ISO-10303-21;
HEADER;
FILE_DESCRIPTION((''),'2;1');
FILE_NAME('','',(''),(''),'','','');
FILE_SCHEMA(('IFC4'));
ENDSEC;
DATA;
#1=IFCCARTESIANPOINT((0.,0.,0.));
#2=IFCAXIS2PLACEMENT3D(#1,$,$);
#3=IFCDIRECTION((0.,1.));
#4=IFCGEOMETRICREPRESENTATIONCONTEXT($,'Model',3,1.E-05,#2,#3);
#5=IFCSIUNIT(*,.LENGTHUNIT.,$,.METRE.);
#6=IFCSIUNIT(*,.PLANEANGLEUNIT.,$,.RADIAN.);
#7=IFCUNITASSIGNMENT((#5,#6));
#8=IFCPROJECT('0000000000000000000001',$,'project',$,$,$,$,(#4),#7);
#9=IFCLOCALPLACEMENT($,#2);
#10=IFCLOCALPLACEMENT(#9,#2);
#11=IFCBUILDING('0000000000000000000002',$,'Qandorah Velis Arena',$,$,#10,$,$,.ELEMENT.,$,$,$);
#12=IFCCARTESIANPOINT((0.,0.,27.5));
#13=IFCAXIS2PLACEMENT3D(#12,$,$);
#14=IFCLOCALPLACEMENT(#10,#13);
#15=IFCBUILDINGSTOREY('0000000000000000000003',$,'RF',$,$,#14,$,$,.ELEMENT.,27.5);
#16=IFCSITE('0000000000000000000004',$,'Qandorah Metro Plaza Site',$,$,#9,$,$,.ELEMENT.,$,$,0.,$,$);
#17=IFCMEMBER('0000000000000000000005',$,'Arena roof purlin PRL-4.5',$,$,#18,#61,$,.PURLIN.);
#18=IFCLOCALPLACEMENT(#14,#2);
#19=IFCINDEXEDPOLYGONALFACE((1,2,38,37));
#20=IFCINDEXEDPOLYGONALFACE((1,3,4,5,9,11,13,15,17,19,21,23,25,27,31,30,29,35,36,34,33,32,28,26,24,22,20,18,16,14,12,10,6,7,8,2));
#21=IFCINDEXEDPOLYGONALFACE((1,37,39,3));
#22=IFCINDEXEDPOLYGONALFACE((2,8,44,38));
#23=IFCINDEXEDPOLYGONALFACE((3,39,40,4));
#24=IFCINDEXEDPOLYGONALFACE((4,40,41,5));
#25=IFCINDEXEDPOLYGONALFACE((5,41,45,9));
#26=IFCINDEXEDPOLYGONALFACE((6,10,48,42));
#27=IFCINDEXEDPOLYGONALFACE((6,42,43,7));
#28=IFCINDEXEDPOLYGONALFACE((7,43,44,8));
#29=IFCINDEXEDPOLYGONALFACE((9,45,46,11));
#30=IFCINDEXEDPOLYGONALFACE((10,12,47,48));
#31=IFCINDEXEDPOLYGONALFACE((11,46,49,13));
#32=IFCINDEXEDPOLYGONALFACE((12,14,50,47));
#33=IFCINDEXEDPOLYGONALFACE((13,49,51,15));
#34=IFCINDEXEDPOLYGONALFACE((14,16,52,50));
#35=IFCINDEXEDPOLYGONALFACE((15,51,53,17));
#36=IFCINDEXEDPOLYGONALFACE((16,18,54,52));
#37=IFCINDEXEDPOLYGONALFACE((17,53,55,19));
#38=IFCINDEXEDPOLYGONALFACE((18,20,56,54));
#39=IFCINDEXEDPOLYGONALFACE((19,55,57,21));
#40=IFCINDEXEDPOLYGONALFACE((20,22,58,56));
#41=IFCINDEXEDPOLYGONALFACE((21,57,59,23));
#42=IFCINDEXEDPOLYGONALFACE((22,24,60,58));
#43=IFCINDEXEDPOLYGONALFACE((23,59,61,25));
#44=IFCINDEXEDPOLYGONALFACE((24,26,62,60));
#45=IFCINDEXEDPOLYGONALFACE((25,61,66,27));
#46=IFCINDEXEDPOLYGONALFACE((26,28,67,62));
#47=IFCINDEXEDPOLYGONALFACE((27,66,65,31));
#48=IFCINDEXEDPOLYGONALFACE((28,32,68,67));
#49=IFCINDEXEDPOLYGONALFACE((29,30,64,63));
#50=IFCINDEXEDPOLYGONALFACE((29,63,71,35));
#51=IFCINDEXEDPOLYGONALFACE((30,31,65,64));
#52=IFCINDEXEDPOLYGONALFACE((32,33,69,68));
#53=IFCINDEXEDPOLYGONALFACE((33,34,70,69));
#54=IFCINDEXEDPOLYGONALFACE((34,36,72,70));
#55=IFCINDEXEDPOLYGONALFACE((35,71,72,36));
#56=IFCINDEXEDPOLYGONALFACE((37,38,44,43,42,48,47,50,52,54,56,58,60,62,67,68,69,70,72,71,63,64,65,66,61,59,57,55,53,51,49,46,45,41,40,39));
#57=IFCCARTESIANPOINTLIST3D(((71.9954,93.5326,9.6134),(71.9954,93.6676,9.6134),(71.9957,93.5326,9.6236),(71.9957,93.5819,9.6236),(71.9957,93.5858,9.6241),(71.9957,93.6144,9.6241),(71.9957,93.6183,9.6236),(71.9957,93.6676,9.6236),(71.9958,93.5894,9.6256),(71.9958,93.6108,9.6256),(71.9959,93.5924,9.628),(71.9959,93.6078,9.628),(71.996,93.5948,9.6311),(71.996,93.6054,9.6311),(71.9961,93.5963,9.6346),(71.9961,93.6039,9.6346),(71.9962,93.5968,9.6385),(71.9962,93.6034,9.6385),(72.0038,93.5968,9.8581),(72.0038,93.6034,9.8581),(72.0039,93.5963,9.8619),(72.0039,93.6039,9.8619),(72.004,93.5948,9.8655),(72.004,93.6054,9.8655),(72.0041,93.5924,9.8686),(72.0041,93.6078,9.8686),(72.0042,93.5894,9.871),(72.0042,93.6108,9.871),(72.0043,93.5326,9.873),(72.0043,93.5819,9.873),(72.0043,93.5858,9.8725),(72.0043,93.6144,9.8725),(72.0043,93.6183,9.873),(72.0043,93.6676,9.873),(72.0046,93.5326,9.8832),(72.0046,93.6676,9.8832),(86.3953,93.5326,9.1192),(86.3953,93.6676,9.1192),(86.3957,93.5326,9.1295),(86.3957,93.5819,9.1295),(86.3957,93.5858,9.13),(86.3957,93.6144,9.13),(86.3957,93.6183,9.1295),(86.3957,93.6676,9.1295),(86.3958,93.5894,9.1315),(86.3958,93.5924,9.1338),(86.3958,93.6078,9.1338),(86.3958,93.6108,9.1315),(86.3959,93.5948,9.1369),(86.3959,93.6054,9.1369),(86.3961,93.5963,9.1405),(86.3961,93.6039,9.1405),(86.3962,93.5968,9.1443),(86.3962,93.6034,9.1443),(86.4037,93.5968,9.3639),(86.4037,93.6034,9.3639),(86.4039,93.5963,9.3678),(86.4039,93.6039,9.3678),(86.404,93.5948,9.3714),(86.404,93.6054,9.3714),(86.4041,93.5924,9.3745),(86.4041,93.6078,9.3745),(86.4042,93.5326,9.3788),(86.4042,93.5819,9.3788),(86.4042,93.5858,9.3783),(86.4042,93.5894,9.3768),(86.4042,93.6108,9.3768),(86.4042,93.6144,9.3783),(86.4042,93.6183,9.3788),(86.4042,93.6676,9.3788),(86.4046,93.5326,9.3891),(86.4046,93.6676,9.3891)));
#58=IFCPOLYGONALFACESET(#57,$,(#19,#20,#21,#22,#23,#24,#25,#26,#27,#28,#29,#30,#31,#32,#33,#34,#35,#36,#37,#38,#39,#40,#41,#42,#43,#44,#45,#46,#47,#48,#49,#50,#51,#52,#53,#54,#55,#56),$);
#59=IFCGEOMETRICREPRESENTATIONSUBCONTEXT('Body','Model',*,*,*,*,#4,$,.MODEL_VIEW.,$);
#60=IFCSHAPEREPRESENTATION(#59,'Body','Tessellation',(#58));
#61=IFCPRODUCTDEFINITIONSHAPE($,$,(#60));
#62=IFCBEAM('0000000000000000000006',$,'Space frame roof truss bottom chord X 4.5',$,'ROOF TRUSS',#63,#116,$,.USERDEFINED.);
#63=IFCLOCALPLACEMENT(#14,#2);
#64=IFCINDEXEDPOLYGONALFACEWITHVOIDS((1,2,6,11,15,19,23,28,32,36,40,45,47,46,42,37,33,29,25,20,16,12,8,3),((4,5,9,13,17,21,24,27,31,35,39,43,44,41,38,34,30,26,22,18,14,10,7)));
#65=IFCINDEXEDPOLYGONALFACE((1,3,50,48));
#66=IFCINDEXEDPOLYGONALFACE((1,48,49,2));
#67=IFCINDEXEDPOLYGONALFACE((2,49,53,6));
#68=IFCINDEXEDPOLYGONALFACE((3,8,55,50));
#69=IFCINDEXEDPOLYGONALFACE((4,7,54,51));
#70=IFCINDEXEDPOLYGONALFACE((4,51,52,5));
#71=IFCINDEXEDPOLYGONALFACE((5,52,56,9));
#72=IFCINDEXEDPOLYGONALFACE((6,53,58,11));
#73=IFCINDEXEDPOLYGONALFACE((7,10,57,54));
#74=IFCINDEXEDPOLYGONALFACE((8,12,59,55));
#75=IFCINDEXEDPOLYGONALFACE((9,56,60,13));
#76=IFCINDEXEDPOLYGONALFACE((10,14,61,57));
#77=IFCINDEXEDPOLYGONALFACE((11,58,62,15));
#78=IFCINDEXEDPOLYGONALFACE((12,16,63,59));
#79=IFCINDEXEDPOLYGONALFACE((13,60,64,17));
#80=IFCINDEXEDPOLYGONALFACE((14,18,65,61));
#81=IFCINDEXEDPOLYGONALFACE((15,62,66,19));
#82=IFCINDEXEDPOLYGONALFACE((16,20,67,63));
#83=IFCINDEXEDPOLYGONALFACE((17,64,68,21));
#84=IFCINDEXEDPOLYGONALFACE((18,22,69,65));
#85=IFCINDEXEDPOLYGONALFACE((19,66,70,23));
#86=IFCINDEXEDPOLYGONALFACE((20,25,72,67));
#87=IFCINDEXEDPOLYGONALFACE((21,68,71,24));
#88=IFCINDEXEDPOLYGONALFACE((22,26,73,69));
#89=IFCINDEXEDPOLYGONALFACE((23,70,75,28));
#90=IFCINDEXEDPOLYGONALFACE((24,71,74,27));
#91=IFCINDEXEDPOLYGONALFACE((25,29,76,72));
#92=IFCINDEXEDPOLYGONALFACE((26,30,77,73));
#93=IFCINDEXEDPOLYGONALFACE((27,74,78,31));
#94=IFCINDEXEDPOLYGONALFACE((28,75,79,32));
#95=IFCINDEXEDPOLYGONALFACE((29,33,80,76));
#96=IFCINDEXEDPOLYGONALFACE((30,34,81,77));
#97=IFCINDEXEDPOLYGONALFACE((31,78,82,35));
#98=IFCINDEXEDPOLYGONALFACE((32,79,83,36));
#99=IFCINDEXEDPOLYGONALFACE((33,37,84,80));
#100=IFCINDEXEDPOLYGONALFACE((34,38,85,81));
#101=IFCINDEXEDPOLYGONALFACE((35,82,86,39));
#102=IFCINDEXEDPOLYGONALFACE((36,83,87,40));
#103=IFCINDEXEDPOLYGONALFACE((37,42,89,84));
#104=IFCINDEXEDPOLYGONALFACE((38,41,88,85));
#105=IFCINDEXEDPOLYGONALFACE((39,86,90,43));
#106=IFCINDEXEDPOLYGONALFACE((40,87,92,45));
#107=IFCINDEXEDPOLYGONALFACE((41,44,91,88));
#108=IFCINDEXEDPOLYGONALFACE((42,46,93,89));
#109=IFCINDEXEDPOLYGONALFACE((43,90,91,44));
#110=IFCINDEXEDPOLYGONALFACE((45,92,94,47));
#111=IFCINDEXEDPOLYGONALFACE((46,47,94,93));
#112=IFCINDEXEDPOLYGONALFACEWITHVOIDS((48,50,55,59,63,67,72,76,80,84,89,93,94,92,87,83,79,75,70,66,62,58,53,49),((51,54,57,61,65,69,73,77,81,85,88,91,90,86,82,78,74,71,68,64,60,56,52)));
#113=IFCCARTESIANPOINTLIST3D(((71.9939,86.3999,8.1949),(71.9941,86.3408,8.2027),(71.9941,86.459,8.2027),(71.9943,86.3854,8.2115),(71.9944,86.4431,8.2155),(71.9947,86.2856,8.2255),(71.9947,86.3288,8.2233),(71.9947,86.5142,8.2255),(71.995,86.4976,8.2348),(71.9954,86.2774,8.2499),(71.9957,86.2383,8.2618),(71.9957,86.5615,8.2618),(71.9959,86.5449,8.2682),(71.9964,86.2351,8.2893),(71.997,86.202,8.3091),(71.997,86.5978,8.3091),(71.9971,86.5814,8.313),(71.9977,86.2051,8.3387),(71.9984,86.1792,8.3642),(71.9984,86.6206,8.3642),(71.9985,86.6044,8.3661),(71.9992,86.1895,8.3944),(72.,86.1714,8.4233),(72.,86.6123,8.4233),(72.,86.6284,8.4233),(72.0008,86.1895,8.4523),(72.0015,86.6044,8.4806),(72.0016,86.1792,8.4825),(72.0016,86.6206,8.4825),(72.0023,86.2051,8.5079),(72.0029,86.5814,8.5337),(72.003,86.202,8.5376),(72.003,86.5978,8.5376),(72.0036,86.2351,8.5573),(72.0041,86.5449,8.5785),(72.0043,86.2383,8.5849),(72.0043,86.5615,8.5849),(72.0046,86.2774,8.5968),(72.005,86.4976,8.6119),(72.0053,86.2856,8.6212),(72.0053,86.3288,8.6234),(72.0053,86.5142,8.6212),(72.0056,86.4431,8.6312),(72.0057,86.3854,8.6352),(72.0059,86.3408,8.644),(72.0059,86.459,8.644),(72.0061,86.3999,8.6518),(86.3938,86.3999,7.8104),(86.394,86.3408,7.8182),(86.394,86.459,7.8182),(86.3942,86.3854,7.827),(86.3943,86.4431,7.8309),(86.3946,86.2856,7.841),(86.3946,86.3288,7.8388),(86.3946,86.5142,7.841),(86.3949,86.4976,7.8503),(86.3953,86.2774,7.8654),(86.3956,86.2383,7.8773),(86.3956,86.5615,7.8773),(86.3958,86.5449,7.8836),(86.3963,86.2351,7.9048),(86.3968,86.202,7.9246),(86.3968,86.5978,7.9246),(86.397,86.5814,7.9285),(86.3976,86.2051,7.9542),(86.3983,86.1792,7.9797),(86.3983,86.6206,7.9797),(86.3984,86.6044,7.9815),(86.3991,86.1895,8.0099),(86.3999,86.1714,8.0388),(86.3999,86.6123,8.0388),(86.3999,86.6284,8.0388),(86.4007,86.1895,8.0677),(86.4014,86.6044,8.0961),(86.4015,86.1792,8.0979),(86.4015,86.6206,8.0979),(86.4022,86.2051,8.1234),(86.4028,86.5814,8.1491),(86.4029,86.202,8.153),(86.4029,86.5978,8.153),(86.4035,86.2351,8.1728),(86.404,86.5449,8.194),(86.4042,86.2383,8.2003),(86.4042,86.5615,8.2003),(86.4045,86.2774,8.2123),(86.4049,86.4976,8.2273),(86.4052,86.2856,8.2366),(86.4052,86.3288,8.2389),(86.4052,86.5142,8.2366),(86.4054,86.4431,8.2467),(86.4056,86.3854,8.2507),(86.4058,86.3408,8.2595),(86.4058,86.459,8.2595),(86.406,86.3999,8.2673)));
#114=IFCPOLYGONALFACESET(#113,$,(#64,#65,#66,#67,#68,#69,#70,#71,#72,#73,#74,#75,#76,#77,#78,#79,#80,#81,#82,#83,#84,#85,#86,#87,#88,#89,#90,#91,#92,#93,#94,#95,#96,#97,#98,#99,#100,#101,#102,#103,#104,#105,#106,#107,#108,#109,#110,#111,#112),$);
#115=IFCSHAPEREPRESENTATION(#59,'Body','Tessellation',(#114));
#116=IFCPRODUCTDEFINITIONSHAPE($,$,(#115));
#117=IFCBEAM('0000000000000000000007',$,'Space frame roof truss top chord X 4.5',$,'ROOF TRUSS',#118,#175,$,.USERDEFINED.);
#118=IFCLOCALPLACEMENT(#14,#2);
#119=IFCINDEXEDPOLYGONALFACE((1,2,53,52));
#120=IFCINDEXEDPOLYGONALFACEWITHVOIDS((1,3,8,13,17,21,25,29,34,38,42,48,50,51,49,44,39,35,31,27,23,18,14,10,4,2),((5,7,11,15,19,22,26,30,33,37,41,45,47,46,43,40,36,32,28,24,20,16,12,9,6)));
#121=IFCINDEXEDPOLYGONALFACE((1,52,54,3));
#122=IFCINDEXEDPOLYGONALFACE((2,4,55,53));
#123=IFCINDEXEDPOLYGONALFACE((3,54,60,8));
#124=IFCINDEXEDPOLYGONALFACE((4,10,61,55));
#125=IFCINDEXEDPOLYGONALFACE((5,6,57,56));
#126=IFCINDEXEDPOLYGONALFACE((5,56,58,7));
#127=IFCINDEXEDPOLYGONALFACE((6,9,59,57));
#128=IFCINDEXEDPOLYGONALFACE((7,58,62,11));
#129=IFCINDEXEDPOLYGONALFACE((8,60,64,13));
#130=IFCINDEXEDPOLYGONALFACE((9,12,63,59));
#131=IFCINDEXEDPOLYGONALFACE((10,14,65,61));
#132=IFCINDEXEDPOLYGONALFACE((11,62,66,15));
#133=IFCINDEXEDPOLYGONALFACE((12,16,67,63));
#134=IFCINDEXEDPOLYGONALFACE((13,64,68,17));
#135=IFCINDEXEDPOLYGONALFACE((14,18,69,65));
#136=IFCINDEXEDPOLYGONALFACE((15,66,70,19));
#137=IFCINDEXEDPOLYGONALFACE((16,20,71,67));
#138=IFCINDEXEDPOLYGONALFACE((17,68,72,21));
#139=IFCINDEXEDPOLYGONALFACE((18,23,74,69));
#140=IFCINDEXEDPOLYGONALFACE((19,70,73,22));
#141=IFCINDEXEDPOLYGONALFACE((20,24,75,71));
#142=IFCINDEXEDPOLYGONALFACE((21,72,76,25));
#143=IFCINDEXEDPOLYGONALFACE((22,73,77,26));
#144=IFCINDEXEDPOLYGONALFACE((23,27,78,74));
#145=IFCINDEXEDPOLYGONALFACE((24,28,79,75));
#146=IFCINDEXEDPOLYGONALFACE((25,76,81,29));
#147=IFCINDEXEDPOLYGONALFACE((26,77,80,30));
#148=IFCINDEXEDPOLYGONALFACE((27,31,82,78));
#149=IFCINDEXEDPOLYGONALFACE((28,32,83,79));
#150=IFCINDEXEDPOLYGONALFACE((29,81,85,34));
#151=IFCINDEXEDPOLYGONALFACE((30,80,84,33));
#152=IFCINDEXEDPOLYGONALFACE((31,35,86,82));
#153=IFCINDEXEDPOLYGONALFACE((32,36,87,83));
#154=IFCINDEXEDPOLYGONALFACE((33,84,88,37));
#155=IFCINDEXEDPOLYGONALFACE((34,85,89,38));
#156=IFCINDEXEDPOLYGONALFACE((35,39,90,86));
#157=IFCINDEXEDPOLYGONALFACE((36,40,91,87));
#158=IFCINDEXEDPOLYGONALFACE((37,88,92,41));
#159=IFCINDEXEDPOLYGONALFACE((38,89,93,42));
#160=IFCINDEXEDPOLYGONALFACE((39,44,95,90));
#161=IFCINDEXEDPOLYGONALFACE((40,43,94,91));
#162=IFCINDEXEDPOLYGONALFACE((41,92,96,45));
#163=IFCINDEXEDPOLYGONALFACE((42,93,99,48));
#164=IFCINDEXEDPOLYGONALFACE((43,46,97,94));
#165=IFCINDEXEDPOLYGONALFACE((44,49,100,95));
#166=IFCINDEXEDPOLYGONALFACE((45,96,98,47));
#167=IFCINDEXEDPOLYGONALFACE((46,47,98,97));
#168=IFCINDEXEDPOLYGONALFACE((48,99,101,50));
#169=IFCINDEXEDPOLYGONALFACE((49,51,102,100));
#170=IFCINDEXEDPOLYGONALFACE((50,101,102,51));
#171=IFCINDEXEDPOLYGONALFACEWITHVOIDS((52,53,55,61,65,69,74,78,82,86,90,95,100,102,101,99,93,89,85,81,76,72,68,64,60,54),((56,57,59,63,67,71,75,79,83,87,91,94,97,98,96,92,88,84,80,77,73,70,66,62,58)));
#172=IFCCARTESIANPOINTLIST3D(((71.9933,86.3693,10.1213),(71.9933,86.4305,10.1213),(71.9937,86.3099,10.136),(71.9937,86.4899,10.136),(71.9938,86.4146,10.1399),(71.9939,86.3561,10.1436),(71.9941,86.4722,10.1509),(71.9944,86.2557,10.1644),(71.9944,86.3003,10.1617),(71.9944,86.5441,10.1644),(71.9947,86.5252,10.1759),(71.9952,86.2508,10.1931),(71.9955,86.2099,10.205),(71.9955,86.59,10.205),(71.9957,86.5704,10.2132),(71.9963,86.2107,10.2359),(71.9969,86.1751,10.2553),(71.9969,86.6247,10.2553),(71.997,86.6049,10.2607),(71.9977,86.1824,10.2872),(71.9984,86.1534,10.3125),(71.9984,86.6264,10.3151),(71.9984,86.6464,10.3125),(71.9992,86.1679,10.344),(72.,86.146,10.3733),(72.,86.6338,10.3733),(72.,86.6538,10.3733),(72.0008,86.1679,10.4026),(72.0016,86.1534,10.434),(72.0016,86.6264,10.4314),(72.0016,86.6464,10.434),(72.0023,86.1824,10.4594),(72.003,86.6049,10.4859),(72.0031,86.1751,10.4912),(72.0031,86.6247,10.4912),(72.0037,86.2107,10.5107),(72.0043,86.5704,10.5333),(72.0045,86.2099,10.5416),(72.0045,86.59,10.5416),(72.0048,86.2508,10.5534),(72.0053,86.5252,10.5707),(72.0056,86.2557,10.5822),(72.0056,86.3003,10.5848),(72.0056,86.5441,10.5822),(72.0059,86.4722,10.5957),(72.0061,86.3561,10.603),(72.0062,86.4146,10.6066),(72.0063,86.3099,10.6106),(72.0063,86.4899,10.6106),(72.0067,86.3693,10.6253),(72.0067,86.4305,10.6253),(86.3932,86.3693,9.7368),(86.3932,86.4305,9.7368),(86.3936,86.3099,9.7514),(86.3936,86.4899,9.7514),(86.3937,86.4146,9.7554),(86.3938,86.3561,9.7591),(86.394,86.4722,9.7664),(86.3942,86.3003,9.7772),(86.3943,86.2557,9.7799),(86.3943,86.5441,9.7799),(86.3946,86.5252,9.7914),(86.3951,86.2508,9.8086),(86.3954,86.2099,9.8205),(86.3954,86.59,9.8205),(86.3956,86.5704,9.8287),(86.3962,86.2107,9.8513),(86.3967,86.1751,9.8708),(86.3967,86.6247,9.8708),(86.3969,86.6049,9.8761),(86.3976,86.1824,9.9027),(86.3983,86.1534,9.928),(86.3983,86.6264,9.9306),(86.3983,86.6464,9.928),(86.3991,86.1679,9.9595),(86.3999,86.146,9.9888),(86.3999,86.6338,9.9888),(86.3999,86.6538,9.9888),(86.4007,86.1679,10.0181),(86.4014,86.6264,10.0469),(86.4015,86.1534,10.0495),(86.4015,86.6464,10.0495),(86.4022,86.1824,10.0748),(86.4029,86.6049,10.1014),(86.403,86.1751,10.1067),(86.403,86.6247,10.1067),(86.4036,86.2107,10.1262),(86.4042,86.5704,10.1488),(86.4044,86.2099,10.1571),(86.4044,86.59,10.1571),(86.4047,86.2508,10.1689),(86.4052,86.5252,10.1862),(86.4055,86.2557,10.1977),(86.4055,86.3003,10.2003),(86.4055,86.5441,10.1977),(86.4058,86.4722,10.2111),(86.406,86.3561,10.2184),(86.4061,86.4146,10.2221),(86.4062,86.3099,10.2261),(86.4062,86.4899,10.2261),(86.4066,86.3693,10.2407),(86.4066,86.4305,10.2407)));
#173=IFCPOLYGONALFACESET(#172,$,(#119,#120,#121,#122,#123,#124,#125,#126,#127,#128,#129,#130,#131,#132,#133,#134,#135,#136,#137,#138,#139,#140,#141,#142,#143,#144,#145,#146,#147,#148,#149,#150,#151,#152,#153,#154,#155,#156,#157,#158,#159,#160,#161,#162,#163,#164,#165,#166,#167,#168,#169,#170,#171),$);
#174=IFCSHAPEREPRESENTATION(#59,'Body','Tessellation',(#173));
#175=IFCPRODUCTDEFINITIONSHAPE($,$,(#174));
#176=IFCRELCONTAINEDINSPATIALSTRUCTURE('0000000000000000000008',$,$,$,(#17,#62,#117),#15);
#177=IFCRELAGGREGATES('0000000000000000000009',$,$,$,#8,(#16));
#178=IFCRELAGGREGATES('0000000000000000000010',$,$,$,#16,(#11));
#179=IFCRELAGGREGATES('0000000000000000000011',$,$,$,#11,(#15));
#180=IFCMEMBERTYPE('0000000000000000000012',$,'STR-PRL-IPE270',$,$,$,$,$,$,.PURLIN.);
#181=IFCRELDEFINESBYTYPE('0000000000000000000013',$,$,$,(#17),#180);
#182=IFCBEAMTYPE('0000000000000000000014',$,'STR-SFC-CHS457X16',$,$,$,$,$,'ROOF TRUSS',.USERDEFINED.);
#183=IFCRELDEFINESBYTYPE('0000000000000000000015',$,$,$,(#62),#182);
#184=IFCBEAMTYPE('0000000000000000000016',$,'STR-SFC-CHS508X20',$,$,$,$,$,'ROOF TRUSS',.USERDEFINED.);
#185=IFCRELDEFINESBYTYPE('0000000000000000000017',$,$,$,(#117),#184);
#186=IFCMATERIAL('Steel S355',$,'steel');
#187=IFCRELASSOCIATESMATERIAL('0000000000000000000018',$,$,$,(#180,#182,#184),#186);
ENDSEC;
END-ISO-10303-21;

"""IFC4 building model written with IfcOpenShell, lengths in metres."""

from ifc_helpers import new_model, si_unit, direction, frame, origin, origin_2d, place, context, subcontext, project, spatial, hollow_circle, i_section, extrude, material, material_profile, profile_set, type_object, element, save


model = new_model("IFC4")

# Units and contexts
model_context = context("Model", 3, precision=1e-05, world=origin(), true_north=direction((0.0, 1.0)))
body_context = subcontext(model_context, "Body", "Model", "MODEL_VIEW")
ifc_project = project(units=[si_unit("LENGTHUNIT", "METRE"), si_unit("PLANEANGLEUNIT", "RADIAN")], contexts=[model_context])

# Site, building, storey
site_placement = place(None, origin())
site = spatial("IfcSite", under=ifc_project, at=site_placement, Name="Qandorah Metro Plaza Site", CompositionType="ELEMENT", RefElevation=0.0)
building_placement = place(site_placement, origin())
building = spatial("IfcBuilding", under=site, at=building_placement, Name="Qandorah Velis Arena", CompositionType="ELEMENT")
storey_placement = place(building_placement, frame((0.0, 0.0, 27.5)))
storey = spatial("IfcBuildingStorey", under=building, at=storey_placement, Name="RF", CompositionType="ELEMENT", Elevation=27.5)

# Member
ifc_material_1 = material(Name="Steel S355", Category="steel")
ifc_material_profile_1 = material_profile(ifc_material_1, i_section(OverallWidth=0.135, OverallDepth=0.27, WebThickness=0.0066, FlangeThickness=0.0103, FilletRadius=0.0149, at=origin_2d()), Name="IPE 270")
ifc_profile_set_1 = profile_set([ifc_material_profile_1], Name="Steel S355")
member_type_1 = type_object("IfcMemberType", Name="STR-PRL-IPE270", PredefinedType="PURLIN", material=ifc_profile_set_1)
member_1_placement = place(storey_placement, frame((72.0, 93.6001, 9.7483), z_axis=(0.999412, 0.0, -0.034295), x_axis=(0.0, 1.0, 0.0)))
element("IfcMember", 1, at=member_1_placement, inside=storey, type_object=member_type_1, Name="Arena roof purlin PRL-4.5", PredefinedType="PURLIN", context=body_context, shape_type="SweptSolid", body=[
    extrude(i_section(OverallWidth=0.135, OverallDepth=0.27, WebThickness=0.0066, FlangeThickness=0.0103, FilletRadius=0.0149, at=origin_2d()), origin(), (0.0, 0.0, 1.0), 14.4084),
])

# Beams
ifc_material_profile_2 = material_profile(ifc_material_1, hollow_circle(Radius=0.2285, WallThickness=0.0161, at=origin_2d()), Name="CHS 457x16")
ifc_profile_set_2 = profile_set([ifc_material_profile_2], Name="Steel S355")
beam_type_1 = type_object("IfcBeamType", Name="STR-SFC-CHS457X16", ElementType="ROOF TRUSS", PredefinedType="USERDEFINED", material=ifc_profile_set_2)
beam_1_placement = place(storey_placement, frame((72.0, 86.3999, 8.4233), z_axis=(0.999644, 0.0, -0.026694), x_axis=(0.0, 1.0, 0.0)))
element("IfcBeam", 2, at=beam_1_placement, inside=storey, type_object=beam_type_1, Name="Space frame roof truss bottom chord X 4.5", ObjectType="ROOF TRUSS", PredefinedType="USERDEFINED", context=body_context, shape_type="SweptSolid", body=[
    extrude(hollow_circle(Radius=0.2285, WallThickness=0.0161, at=origin_2d()), origin(), (0.0, 0.0, 1.0), 14.405),
])
ifc_material_profile_3 = material_profile(ifc_material_1, hollow_circle(Radius=0.2539, WallThickness=0.02, at=origin_2d()), Name="CHS 508x20")
ifc_profile_set_3 = profile_set([ifc_material_profile_3], Name="Steel S355")
beam_type_2 = type_object("IfcBeamType", Name="STR-SFC-CHS508X20", ElementType="ROOF TRUSS", PredefinedType="USERDEFINED", material=ifc_profile_set_3)
beam_2_placement = place(storey_placement, frame((72.0, 86.3999, 10.3733), z_axis=(0.999644, 0.0, -0.026694), x_axis=(0.0, 1.0, 0.0)))
element("IfcBeam", 3, at=beam_2_placement, inside=storey, type_object=beam_type_2, Name="Space frame roof truss top chord X 4.5", ObjectType="ROOF TRUSS", PredefinedType="USERDEFINED", context=body_context, shape_type="SweptSolid", body=[
    extrude(hollow_circle(Radius=0.2539, WallThickness=0.02, at=origin_2d()), origin(), (0.0, 0.0, 1.0), 14.405),
])

save(model, "model.ifc")
